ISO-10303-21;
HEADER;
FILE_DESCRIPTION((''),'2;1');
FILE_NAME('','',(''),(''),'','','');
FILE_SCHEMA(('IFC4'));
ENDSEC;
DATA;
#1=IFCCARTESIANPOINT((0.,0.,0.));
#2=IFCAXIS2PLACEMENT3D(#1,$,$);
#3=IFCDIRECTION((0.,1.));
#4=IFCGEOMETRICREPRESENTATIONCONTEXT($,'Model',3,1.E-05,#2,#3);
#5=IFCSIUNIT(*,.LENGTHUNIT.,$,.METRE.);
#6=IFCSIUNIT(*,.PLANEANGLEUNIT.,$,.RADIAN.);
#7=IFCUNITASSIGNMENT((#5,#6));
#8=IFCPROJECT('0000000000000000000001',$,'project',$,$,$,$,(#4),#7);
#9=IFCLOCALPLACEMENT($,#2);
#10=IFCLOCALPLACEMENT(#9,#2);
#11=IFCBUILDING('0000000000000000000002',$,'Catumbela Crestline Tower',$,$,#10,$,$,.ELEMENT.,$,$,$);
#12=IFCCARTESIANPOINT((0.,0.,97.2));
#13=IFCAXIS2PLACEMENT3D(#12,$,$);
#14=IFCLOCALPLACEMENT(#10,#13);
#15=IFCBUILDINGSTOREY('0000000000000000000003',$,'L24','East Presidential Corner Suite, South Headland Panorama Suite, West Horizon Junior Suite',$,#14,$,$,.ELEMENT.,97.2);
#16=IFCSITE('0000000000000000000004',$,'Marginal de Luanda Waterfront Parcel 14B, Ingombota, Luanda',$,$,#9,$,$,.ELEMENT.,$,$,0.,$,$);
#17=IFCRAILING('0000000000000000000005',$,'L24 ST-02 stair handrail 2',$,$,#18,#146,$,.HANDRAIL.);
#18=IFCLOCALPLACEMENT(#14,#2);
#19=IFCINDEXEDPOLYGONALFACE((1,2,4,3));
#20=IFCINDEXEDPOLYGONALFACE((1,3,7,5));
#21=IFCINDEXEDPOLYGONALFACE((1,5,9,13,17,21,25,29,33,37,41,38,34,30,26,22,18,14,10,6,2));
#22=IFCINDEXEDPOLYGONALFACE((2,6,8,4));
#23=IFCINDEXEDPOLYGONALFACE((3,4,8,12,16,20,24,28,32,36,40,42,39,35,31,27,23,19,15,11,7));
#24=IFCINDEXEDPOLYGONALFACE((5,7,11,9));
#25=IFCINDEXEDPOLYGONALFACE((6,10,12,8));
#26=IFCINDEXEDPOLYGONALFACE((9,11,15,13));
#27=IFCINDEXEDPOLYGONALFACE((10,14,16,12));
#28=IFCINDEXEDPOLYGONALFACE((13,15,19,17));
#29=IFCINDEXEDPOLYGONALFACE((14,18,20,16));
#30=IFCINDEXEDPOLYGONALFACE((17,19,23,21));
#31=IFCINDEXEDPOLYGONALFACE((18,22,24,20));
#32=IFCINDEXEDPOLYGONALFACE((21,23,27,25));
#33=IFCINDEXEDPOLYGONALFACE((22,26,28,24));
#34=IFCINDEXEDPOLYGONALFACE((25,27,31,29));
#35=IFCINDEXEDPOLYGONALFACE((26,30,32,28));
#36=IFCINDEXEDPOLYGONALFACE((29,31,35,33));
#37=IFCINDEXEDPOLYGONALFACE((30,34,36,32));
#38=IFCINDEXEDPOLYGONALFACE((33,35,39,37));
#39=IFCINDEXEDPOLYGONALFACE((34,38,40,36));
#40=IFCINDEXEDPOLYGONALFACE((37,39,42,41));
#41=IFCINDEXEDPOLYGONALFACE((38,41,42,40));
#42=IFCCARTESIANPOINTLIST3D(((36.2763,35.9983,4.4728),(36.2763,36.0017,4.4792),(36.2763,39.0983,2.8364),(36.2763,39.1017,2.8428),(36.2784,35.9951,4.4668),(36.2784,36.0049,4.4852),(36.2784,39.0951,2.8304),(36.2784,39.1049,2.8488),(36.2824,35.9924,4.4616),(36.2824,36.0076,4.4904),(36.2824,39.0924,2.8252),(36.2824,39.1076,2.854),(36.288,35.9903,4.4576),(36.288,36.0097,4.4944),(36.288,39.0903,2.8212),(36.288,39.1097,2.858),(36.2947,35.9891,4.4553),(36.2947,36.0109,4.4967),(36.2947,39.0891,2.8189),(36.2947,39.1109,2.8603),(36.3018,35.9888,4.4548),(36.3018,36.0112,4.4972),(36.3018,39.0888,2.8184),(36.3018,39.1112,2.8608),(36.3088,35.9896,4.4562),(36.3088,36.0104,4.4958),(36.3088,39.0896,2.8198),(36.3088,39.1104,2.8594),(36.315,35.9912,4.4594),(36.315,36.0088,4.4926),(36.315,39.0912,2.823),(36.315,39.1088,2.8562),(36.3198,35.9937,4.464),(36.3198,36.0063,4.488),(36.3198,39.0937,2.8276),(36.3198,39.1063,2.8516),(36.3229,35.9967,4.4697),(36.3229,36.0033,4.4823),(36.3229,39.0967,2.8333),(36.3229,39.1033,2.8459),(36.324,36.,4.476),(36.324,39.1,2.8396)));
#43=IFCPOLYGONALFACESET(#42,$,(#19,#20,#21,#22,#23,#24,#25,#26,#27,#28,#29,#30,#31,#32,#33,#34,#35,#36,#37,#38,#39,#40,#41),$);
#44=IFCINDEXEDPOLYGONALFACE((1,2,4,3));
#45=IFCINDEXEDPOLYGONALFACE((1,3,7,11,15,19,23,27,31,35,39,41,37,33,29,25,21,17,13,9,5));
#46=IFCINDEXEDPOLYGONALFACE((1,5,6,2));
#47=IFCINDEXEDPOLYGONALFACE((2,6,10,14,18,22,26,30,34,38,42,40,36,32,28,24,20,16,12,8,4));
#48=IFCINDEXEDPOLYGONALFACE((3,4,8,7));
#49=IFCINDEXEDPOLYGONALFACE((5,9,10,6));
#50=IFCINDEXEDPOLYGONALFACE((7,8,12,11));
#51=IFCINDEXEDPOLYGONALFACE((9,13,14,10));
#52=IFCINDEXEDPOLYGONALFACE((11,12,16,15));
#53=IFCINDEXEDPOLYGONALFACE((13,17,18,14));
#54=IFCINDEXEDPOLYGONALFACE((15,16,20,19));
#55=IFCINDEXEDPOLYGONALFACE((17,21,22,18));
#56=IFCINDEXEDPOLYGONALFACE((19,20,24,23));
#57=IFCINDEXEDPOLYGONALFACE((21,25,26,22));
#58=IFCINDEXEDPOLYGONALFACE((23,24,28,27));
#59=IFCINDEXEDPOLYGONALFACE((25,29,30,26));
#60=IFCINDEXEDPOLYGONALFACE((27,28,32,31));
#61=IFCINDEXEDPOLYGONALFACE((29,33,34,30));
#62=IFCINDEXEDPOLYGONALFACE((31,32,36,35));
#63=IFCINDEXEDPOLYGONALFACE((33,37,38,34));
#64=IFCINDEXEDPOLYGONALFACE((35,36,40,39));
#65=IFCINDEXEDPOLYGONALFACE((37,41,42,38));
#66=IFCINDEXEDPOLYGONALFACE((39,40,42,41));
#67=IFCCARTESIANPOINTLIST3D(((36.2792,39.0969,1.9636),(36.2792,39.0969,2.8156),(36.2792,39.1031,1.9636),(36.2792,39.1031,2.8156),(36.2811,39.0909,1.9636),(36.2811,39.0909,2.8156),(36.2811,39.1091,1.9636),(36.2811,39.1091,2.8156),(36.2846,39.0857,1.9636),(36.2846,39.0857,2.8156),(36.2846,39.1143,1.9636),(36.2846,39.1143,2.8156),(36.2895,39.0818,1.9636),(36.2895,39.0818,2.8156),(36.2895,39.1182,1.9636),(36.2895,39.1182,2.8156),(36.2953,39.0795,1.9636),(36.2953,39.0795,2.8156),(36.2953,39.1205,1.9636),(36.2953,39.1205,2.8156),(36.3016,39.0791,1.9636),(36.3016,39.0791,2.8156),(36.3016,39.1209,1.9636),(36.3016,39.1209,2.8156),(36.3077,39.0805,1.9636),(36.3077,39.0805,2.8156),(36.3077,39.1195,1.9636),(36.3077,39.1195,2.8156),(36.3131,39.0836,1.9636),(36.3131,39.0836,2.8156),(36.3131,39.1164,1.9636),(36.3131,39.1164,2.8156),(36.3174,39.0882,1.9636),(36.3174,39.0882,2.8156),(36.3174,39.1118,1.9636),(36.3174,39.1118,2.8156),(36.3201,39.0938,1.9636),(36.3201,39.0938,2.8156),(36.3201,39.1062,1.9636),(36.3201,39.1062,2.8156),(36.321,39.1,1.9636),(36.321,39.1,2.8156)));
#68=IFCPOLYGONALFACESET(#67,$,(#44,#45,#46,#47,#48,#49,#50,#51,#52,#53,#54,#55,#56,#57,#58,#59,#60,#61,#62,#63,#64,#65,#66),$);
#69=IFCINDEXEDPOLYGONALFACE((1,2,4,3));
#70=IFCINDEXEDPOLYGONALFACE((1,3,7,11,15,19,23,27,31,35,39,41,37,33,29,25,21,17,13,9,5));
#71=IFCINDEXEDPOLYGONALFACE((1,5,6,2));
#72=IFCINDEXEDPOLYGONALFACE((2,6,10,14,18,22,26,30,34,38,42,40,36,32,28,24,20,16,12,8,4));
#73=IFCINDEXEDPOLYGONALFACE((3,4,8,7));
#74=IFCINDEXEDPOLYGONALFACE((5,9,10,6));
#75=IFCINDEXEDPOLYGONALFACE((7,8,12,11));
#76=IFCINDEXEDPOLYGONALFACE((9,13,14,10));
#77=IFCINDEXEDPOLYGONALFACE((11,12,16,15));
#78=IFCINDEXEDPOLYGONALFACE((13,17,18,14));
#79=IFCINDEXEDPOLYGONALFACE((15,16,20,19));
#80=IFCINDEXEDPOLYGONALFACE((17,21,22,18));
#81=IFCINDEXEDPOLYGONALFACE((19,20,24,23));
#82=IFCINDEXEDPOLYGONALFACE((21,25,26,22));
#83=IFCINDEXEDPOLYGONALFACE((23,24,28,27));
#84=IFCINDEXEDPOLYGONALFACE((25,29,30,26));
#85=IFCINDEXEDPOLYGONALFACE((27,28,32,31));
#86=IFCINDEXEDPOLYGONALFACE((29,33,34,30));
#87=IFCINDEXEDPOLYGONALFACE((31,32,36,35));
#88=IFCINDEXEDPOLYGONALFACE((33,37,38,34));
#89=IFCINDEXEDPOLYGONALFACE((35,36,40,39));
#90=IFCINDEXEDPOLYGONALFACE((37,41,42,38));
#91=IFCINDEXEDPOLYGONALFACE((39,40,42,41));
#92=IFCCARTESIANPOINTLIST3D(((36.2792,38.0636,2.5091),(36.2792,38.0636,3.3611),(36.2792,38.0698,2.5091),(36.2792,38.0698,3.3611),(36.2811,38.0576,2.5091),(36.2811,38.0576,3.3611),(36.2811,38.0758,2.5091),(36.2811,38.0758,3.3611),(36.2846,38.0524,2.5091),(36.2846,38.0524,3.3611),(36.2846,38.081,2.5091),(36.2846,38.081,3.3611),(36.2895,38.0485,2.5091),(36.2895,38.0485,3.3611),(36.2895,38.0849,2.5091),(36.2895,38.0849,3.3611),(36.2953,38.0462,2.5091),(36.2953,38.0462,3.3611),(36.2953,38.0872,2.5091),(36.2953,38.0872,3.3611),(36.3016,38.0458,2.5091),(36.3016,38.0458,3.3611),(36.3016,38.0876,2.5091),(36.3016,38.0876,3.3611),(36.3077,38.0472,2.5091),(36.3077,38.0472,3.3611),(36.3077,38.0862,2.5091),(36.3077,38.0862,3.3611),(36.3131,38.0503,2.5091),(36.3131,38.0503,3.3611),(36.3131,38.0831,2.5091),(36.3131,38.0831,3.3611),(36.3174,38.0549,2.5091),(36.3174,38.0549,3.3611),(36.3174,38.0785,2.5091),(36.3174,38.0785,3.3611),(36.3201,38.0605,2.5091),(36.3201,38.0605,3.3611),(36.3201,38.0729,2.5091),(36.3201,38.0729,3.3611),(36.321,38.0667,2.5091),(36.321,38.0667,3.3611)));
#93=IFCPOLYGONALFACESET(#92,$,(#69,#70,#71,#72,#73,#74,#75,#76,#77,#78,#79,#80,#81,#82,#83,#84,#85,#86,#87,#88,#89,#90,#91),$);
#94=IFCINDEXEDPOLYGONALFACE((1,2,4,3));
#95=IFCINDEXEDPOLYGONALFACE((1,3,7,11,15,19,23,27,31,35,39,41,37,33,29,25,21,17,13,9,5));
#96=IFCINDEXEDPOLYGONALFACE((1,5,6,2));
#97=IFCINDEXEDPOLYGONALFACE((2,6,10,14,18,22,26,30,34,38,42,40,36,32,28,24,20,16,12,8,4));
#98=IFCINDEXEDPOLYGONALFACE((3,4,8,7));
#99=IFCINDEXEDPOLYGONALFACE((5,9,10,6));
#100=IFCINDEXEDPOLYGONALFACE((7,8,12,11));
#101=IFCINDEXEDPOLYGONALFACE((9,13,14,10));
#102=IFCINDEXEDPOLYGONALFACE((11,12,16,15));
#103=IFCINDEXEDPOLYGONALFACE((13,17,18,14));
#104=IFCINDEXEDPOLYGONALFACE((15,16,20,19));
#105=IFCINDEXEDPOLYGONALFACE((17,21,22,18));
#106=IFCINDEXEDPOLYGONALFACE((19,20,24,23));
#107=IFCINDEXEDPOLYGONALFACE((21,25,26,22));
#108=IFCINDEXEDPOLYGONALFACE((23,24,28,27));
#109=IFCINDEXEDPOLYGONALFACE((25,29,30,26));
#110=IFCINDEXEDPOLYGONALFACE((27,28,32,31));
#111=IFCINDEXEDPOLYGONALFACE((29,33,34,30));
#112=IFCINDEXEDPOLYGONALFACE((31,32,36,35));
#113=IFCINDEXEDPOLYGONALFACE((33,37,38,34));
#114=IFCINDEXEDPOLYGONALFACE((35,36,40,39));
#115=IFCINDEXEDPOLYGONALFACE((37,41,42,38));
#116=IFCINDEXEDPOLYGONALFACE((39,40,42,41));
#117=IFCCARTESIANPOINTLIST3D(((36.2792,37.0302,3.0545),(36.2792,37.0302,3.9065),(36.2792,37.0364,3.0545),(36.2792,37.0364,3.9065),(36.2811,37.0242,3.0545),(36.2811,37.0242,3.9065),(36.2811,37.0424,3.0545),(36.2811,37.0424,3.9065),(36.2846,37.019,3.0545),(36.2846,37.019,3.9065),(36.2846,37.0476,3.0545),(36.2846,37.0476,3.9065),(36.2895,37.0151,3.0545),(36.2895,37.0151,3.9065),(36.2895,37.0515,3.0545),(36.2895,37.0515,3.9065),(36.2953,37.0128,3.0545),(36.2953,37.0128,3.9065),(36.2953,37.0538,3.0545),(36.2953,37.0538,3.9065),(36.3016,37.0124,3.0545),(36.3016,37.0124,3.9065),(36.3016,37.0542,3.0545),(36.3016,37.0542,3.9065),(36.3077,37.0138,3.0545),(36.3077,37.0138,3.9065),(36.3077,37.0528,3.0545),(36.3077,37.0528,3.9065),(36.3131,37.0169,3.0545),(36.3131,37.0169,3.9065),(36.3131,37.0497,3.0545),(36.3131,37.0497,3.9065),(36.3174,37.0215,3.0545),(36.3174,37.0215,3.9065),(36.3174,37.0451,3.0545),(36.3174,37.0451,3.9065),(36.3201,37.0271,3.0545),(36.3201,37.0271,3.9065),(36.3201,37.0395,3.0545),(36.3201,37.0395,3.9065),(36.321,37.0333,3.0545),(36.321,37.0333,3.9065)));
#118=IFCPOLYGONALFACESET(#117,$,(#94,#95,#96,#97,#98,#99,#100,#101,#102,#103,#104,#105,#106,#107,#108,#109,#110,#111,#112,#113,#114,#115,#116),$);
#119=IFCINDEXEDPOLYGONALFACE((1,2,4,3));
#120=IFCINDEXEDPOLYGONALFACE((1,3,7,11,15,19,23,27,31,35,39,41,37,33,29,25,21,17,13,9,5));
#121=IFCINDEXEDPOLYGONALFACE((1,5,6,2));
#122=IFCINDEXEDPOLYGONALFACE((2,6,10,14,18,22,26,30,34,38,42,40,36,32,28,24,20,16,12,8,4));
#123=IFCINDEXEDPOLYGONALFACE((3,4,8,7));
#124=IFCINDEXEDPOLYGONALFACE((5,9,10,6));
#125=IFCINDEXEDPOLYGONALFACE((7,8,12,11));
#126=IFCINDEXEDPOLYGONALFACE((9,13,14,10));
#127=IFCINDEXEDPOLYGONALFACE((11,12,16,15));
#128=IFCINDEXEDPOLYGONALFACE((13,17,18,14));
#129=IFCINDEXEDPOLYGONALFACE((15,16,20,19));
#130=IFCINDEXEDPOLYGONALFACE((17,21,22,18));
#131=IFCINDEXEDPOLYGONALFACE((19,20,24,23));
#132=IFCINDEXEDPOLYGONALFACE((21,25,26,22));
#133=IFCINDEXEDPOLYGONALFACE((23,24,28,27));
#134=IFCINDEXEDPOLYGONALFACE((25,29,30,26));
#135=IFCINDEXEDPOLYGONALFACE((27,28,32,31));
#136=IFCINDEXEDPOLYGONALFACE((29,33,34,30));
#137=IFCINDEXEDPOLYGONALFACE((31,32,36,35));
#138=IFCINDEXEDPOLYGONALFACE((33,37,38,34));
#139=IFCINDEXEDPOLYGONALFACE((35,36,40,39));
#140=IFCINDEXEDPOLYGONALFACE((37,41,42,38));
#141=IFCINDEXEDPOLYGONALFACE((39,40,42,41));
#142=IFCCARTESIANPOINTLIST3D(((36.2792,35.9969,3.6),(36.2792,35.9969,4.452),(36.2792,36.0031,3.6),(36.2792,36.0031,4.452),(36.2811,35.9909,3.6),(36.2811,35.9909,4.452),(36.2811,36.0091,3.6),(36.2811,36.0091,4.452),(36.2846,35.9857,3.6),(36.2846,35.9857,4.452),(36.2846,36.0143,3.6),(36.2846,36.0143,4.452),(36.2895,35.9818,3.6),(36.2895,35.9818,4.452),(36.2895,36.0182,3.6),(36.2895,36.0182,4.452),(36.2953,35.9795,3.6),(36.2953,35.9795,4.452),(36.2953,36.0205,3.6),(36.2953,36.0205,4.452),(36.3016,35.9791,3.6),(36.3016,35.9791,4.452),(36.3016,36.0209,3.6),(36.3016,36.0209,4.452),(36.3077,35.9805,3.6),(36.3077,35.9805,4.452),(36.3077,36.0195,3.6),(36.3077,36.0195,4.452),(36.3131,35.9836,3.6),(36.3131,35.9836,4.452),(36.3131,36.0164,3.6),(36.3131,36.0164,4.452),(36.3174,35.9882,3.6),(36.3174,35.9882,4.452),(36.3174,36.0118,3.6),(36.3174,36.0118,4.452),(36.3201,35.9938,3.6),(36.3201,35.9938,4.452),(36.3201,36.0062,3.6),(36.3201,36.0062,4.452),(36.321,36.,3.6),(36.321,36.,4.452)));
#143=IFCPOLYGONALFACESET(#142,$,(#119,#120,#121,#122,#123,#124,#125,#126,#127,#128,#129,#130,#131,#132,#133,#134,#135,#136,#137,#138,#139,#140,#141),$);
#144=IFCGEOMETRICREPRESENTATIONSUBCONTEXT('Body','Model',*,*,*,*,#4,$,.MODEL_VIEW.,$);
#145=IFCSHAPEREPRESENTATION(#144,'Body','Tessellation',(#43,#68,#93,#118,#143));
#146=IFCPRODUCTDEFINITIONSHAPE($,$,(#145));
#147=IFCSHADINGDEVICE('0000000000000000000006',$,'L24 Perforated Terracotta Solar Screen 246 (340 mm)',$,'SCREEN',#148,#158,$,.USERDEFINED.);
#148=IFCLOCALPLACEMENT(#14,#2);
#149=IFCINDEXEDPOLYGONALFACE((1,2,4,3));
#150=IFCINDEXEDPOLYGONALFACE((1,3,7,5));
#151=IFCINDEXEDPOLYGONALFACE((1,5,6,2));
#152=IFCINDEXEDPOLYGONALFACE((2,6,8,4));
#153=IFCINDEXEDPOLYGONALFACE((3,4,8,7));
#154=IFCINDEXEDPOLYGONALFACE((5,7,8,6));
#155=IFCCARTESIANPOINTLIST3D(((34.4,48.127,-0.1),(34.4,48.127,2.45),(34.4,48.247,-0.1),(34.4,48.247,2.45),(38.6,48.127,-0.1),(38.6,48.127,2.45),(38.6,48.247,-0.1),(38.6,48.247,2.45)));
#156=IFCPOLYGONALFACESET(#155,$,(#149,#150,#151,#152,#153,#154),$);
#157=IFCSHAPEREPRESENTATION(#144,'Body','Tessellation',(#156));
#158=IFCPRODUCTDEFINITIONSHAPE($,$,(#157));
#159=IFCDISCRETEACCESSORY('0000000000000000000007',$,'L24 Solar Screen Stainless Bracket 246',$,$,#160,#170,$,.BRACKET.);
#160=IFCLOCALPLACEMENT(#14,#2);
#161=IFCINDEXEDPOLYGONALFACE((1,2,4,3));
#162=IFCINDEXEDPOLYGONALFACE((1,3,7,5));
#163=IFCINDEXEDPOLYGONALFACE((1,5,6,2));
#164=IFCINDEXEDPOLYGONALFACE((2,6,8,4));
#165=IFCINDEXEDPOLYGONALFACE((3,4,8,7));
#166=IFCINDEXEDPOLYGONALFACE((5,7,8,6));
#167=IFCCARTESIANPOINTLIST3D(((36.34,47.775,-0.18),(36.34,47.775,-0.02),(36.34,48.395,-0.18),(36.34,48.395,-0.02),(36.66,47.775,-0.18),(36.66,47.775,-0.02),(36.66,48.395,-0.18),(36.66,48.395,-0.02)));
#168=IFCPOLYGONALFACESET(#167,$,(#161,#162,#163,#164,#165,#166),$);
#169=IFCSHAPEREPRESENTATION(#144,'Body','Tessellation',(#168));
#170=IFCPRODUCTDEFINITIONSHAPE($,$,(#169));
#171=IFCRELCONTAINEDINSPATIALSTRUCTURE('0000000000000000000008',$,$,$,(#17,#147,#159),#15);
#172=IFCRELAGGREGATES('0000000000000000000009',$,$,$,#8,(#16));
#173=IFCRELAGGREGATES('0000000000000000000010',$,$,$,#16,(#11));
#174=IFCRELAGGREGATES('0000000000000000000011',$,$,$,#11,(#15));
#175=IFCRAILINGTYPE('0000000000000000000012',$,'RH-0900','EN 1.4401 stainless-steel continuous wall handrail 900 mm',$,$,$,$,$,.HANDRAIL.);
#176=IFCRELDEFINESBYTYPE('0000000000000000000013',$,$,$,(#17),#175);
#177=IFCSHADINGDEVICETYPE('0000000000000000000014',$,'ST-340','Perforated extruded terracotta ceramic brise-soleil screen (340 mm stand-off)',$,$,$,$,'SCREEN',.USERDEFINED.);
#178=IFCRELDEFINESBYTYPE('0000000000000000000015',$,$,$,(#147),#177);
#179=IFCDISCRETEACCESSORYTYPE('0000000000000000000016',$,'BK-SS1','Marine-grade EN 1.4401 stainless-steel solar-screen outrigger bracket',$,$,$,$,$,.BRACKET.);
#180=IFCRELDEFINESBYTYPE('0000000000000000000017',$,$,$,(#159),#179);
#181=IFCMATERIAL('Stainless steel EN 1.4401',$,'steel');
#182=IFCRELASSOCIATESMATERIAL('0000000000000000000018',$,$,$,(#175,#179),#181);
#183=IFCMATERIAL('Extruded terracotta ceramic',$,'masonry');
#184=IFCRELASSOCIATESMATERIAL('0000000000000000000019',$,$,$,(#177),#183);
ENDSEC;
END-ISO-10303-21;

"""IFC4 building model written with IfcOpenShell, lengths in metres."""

from ifc_helpers import new_model, si_unit, direction, frame, origin, origin_2d, place, context, subcontext, project, spatial, rectangle, circle, extrude, material, type_object, element, save


model = new_model("IFC4")

# Units and contexts
model_context = context("Model", 3, precision=1e-05, world=origin(), true_north=direction((0.0, 1.0)))
body_context = subcontext(model_context, "Body", "Model", "MODEL_VIEW")
ifc_project = project(units=[si_unit("LENGTHUNIT", "METRE"), si_unit("PLANEANGLEUNIT", "RADIAN")], contexts=[model_context])

# Site, building, storey
site_placement = place(None, origin())
site = spatial("IfcSite", under=ifc_project, at=site_placement, Name="Marginal de Luanda Waterfront Parcel 14B, Ingombota, Luanda", CompositionType="ELEMENT", RefElevation=0.0)
building_placement = place(site_placement, origin())
building = spatial("IfcBuilding", under=site, at=building_placement, Name="Catumbela Crestline Tower", CompositionType="ELEMENT")
storey_placement = place(building_placement, frame((0.0, 0.0, 97.2)))
storey = spatial("IfcBuildingStorey", under=building, at=storey_placement, Name="L24", Description="East Presidential Corner Suite, South Headland Panorama Suite, West Horizon Junior Suite", CompositionType="ELEMENT", Elevation=97.2)

# Shared definitions
ifc_material_1 = material(Name="Stainless steel EN 1.4401", Category="steel")

# Railing
railing_type_1 = type_object("IfcRailingType", Name="RH-0900", Description="EN 1.4401 stainless-steel continuous wall handrail 900 mm", PredefinedType="HANDRAIL", material=ifc_material_1)
railing_1_placement = place(storey_placement, frame((36.3, 39.1, 1.9636)))
element("IfcRailing", 1, at=railing_1_placement, inside=storey, type_object=railing_type_1, Name="L24 ST-02 stair handrail 2", PredefinedType="HANDRAIL", context=body_context, shape_type="SweptSolid", body=[
    extrude(circle(Radius=0.024, at=origin_2d()), frame((0.0, 0.0, 0.876), z_axis=(0.0, -0.884351, 0.466823), x_axis=(1.0, 0.0, 0.0)), (0.0, 0.0, 1.0), 3.5054),
    extrude(circle(Radius=0.021, at=origin_2d()), origin(), (0.0, 0.0, 1.0), 0.852),
    extrude(circle(Radius=0.021, at=origin_2d()), frame((0.0, -1.0333, 0.5455)), (0.0, 0.0, 1.0), 0.852),
    extrude(circle(Radius=0.021, at=origin_2d()), frame((0.0, -2.0667, 1.0909)), (0.0, 0.0, 1.0), 0.852),
    extrude(circle(Radius=0.021, at=origin_2d()), frame((0.0, -3.1, 1.6364)), (0.0, 0.0, 1.0), 0.852),
])

# Shading device
ifc_material_2 = material(Name="Extruded terracotta ceramic", Category="masonry")
shading_device_type = type_object("IfcShadingDeviceType", Name="ST-340", Description="Perforated extruded terracotta ceramic brise-soleil screen (340 mm stand-off)", ElementType="SCREEN", PredefinedType="USERDEFINED", material=ifc_material_2)
shading_device_placement = place(storey_placement, frame((36.5, 48.187, -0.1), z_axis=(0.0, 0.0, 1.0), x_axis=(-1.0, 0.0, 0.0)))
element("IfcShadingDevice", 2, at=shading_device_placement, inside=storey, type_object=shading_device_type, Name="L24 Perforated Terracotta Solar Screen 246 (340 mm)", ObjectType="SCREEN", PredefinedType="USERDEFINED", context=body_context, shape_type="SweptSolid", body=[
    extrude(rectangle(XDim=4.2, YDim=0.12, at=origin_2d()), origin(), (0.0, 0.0, 1.0), 2.55),
])

# Discrete accessory
discrete_accessory_type = type_object("IfcDiscreteAccessoryType", Name="BK-SS1", Description="Marine-grade EN 1.4401 stainless-steel solar-screen outrigger bracket", PredefinedType="BRACKET", material=ifc_material_1)
discrete_accessory_placement = place(storey_placement, frame((36.5, 48.085, -0.18), z_axis=(0.0, 0.0, 1.0), x_axis=(-1.0, 0.0, 0.0)))
element("IfcDiscreteAccessory", 3, at=discrete_accessory_placement, inside=storey, type_object=discrete_accessory_type, Name="L24 Solar Screen Stainless Bracket 246", PredefinedType="BRACKET", context=body_context, shape_type="SweptSolid", body=[
    extrude(rectangle(XDim=0.32, YDim=0.62, at=origin_2d()), origin(), (0.0, 0.0, 1.0), 0.16),
])

save(model, "model.ifc")
